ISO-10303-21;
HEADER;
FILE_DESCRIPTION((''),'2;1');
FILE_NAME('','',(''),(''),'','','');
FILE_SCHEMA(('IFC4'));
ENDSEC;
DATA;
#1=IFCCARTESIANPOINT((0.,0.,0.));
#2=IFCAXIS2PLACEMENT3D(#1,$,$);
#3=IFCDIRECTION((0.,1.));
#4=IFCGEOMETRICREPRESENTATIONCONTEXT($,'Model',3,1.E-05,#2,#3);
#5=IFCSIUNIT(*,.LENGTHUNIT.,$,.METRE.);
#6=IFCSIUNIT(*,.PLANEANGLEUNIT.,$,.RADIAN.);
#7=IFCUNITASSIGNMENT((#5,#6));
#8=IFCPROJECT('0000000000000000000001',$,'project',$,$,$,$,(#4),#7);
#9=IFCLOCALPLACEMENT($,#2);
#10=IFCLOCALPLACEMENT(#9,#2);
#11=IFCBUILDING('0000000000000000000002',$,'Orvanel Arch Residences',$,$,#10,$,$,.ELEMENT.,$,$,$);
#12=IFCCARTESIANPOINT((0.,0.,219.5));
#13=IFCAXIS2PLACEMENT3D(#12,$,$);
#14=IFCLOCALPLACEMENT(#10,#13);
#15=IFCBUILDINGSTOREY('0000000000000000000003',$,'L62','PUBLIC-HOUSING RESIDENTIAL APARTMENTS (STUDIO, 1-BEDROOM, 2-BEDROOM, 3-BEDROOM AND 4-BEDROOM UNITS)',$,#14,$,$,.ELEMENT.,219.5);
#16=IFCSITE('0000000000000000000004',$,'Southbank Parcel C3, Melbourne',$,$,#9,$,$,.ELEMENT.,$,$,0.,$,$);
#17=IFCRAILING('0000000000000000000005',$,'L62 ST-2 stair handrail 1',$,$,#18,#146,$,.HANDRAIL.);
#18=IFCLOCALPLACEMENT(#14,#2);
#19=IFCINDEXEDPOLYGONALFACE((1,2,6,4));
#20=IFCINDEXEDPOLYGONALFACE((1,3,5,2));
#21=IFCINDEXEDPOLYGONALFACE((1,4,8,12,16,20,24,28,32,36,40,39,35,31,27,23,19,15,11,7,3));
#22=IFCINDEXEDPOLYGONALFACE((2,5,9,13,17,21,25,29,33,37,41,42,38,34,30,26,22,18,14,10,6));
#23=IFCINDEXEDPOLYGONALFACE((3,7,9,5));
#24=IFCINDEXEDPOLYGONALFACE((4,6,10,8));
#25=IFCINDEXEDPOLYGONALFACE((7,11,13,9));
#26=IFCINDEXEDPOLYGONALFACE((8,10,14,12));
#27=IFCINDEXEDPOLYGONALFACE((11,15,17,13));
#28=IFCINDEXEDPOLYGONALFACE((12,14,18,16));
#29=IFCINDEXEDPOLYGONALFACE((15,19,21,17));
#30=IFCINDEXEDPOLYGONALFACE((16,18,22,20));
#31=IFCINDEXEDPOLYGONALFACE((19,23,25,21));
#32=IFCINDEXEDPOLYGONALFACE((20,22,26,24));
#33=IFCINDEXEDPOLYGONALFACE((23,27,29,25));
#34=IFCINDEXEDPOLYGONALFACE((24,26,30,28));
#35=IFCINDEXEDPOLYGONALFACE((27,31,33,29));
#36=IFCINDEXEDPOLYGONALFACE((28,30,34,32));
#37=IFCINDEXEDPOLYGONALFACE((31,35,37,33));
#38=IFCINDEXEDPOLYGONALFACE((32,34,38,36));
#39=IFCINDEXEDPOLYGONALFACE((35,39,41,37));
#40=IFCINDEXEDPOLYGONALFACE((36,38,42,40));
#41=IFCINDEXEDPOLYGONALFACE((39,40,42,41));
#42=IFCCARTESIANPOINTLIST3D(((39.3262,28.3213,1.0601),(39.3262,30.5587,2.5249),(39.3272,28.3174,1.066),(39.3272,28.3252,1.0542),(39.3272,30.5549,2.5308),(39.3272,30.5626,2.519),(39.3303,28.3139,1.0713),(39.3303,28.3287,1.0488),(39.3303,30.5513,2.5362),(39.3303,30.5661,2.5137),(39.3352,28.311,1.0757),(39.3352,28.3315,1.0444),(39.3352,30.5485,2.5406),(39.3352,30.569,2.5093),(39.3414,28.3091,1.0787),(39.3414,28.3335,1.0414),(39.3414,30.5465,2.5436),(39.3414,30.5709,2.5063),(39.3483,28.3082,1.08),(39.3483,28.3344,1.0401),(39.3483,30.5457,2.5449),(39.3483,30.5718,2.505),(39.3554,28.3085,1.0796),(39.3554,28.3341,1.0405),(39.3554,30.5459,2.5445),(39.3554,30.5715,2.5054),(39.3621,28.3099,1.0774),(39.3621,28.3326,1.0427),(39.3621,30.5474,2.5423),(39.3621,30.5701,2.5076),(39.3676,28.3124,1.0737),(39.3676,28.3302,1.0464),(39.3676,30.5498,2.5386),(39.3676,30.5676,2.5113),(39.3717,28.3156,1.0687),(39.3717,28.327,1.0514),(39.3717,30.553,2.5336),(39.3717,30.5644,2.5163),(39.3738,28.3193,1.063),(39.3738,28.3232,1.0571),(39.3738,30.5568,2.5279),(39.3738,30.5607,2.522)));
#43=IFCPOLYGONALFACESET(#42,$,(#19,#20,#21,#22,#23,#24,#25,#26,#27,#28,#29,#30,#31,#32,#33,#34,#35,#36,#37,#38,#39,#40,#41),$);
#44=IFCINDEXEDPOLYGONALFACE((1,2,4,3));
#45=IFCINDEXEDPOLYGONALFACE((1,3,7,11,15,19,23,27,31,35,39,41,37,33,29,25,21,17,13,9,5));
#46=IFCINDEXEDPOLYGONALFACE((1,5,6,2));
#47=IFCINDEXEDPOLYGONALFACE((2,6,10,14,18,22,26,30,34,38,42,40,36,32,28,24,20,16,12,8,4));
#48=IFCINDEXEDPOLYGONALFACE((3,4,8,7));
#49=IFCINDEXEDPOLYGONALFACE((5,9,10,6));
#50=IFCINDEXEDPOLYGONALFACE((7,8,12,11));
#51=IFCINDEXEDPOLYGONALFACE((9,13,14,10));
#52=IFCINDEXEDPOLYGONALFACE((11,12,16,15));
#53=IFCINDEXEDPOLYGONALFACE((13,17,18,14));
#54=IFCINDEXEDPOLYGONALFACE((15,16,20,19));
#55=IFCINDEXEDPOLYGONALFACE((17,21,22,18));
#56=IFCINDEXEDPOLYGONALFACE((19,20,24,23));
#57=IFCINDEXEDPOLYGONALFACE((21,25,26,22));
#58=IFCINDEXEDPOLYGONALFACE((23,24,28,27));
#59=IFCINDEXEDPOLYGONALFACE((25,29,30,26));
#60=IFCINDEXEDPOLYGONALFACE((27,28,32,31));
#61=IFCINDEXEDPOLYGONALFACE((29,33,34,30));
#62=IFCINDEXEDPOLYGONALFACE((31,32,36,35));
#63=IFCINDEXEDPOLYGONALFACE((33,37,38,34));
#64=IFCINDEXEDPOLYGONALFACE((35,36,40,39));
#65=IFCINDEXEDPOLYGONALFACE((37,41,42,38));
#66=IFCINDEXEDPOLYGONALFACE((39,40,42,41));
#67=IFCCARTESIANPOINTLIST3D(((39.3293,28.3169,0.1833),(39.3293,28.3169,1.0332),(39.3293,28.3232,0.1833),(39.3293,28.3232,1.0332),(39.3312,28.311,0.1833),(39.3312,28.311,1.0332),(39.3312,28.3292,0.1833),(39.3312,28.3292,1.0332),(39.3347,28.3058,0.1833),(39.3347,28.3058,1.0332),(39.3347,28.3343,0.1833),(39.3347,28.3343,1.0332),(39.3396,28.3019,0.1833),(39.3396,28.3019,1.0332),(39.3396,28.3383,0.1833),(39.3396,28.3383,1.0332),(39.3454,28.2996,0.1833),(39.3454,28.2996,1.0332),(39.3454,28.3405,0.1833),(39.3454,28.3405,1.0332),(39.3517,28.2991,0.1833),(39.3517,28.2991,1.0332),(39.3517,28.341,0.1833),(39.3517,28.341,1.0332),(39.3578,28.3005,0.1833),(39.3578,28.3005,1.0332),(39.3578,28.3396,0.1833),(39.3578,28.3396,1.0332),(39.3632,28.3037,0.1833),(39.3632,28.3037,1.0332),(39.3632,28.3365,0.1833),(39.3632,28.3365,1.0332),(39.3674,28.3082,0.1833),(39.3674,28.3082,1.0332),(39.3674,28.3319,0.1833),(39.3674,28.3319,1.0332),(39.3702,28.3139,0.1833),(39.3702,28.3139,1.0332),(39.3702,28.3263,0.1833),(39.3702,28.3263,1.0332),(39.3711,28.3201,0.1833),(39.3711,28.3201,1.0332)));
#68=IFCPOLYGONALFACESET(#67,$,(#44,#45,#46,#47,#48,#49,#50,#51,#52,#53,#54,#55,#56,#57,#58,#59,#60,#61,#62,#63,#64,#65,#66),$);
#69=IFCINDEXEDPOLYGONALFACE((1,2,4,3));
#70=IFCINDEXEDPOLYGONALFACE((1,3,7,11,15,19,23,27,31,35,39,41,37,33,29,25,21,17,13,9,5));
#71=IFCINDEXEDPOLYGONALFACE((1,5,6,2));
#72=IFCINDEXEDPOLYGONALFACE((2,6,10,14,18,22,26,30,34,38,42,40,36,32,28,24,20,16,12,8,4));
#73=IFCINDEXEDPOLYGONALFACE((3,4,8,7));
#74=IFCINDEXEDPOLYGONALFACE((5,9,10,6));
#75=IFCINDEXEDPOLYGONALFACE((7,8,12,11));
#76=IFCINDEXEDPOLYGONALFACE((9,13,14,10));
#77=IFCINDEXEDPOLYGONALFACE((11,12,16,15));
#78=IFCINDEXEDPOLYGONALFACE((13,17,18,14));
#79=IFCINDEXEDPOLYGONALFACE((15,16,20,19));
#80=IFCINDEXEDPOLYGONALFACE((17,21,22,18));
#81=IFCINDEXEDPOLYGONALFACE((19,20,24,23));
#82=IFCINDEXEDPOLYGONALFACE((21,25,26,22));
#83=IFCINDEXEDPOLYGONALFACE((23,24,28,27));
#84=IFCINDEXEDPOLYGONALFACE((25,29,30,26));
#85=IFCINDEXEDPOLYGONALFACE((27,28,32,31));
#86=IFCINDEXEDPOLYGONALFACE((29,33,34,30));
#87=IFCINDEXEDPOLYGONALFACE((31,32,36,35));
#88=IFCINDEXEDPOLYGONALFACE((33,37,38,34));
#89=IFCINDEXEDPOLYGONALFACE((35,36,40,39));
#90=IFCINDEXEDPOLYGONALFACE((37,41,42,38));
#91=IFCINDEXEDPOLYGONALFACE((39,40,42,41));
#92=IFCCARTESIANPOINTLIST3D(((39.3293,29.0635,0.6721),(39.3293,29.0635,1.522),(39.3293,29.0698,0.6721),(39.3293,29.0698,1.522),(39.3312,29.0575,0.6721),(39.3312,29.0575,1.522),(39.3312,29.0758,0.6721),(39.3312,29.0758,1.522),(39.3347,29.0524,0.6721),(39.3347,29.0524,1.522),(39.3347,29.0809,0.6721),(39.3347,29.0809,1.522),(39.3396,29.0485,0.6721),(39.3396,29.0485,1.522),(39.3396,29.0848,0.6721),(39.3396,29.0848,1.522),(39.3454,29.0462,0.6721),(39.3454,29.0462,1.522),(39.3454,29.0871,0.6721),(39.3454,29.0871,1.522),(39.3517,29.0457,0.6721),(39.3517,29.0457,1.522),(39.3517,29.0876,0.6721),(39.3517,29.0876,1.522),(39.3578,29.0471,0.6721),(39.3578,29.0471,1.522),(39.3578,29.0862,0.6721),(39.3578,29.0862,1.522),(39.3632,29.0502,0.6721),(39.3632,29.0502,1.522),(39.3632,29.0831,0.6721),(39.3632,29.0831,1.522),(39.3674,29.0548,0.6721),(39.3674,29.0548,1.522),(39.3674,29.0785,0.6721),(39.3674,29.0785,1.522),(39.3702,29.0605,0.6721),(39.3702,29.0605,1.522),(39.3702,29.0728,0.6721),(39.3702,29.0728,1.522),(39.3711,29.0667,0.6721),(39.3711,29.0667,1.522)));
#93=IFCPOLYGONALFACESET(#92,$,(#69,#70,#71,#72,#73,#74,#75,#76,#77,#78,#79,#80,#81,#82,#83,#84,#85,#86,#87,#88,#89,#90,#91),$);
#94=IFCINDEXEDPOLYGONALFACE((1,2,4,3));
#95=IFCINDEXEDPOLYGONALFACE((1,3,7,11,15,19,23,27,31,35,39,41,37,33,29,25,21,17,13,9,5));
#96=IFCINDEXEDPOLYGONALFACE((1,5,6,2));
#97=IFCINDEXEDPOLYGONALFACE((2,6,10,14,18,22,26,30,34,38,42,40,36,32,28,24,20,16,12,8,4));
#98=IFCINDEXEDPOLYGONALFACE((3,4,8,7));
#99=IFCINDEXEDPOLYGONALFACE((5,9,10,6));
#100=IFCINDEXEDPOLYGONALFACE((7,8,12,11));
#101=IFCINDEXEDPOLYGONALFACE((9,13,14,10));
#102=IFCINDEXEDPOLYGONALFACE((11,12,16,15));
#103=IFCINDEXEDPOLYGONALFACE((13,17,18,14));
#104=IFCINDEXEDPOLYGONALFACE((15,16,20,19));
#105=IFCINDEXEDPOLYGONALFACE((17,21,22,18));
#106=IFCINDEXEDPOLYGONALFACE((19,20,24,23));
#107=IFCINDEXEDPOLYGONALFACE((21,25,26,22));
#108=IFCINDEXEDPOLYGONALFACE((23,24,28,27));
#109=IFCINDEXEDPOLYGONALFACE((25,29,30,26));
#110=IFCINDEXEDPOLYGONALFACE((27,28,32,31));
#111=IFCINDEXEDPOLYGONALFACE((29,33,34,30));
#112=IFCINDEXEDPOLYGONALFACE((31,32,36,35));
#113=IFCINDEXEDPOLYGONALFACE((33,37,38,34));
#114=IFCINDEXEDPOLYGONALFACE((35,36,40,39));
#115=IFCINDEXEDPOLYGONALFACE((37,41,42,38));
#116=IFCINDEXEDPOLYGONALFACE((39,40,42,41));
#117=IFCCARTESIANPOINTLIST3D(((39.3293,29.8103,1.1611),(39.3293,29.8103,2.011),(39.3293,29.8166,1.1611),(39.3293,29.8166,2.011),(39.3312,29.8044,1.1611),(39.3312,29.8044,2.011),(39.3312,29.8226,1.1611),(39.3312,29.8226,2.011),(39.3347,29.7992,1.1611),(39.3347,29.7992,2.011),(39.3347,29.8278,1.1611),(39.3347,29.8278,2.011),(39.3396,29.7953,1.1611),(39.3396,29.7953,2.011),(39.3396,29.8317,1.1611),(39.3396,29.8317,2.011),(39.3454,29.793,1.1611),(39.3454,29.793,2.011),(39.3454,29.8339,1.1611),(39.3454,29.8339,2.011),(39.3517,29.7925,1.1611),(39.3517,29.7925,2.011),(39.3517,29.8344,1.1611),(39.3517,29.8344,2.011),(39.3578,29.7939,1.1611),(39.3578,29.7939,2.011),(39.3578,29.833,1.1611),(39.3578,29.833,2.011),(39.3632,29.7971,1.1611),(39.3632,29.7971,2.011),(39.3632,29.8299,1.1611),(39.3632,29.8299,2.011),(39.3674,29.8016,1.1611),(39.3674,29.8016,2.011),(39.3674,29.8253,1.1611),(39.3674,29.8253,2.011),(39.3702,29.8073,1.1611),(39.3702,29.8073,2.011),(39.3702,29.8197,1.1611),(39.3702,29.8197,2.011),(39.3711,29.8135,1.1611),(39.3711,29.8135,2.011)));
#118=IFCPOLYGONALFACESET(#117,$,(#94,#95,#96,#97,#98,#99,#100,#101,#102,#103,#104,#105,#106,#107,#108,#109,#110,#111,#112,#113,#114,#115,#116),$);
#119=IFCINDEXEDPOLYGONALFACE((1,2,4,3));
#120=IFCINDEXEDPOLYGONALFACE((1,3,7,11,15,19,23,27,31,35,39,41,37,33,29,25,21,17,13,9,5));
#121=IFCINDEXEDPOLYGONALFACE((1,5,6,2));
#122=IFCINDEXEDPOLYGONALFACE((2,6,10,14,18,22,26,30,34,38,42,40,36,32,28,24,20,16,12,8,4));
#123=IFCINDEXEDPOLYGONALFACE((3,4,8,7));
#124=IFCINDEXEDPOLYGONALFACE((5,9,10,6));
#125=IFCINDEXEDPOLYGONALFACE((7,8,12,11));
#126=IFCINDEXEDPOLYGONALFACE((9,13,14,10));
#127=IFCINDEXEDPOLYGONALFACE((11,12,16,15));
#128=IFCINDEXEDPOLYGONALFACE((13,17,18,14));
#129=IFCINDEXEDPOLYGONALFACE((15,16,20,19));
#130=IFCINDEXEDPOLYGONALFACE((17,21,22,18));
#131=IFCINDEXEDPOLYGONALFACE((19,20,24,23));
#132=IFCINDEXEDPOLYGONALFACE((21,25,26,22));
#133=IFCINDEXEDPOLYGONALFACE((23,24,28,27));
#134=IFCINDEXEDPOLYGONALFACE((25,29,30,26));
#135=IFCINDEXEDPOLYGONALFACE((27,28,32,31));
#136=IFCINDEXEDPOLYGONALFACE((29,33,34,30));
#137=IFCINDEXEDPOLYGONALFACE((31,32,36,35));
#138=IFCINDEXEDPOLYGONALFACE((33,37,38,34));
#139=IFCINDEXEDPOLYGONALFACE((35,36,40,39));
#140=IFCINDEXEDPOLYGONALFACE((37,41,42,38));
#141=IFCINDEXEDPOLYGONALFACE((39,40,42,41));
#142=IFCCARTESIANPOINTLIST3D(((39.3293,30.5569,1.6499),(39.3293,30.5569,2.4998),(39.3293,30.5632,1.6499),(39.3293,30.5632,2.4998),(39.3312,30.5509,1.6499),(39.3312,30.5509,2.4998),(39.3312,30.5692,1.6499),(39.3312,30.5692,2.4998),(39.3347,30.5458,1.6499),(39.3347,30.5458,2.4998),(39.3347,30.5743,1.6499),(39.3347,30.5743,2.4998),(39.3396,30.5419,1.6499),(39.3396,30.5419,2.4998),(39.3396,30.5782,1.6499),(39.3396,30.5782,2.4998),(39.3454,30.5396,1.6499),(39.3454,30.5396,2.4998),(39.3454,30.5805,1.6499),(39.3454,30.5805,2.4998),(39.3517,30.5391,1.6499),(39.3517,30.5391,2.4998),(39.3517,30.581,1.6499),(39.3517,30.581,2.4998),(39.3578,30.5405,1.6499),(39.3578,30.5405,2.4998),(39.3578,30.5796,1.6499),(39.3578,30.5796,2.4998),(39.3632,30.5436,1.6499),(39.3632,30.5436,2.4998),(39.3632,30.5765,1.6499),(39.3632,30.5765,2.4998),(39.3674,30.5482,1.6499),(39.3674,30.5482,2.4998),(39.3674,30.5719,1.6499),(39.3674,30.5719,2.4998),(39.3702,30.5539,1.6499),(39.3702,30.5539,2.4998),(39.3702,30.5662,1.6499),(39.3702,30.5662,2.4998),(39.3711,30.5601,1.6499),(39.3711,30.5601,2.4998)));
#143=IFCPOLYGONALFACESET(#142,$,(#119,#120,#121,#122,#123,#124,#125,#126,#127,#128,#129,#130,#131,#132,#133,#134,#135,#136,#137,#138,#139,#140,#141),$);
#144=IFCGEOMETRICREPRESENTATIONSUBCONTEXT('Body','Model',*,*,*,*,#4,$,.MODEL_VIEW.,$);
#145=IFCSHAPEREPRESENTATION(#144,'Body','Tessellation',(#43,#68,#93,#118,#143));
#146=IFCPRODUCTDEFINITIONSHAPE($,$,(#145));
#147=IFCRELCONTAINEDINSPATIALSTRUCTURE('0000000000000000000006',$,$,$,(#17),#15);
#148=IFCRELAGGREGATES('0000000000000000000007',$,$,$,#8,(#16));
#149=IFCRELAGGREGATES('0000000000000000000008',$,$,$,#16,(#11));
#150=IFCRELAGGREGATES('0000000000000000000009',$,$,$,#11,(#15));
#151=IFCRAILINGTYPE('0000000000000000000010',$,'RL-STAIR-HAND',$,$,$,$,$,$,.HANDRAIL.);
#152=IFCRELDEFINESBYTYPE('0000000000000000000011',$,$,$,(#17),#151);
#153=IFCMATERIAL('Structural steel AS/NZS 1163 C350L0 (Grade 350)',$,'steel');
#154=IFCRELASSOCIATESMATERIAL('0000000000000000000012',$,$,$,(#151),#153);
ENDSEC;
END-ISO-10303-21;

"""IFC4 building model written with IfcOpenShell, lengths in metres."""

from ifc_helpers import new_model, si_unit, direction, frame, origin, origin_2d, place, context, subcontext, project, spatial, circle, extrude, material, type_object, element, save


model = new_model("IFC4")

# Units and contexts
model_context = context("Model", 3, precision=1e-05, world=origin(), true_north=direction((0.0, 1.0)))
body_context = subcontext(model_context, "Body", "Model", "MODEL_VIEW")
ifc_project = project(units=[si_unit("LENGTHUNIT", "METRE"), si_unit("PLANEANGLEUNIT", "RADIAN")], contexts=[model_context])

# Site, building, storey
site_placement = place(None, origin())
site = spatial("IfcSite", under=ifc_project, at=site_placement, Name="Southbank Parcel C3, Melbourne", CompositionType="ELEMENT", RefElevation=0.0)
building_placement = place(site_placement, origin())
building = spatial("IfcBuilding", under=site, at=building_placement, Name="Orvanel Arch Residences", CompositionType="ELEMENT")
storey_placement = place(building_placement, frame((0.0, 0.0, 219.5)))
storey = spatial("IfcBuildingStorey", under=building, at=storey_placement, Name="L62", Description="PUBLIC-HOUSING RESIDENTIAL APARTMENTS (STUDIO, 1-BEDROOM, 2-BEDROOM, 3-BEDROOM AND 4-BEDROOM UNITS)", CompositionType="ELEMENT", Elevation=219.5)

# Railing
ifc_material_1 = material(Name="Structural steel AS/NZS 1163 C350L0 (Grade 350)", Category="steel")
railing_type_1 = type_object("IfcRailingType", Name="RL-STAIR-HAND", PredefinedType="HANDRAIL", material=ifc_material_1)
railing_1_placement = place(storey_placement, frame((39.3501, 28.3201, 0.1833)))
element("IfcRailing", 1, at=railing_1_placement, inside=storey, type_object=railing_type_1, Name="L62 ST-2 stair handrail 1", PredefinedType="HANDRAIL", context=body_context, shape_type="SweptSolid", body=[
    extrude(circle(Radius=0.0239, at=origin_2d()), frame((0.0, 0.0012, 0.8767), z_axis=(0.0, 0.836637, 0.547758), x_axis=(-1.0, 0.0, 0.0)), (0.0, 0.0, 1.0), 2.6743),
    extrude(circle(Radius=0.021, at=origin_2d()), origin(), (0.0, 0.0, 1.0), 0.8499),
    extrude(circle(Radius=0.021, at=origin_2d()), frame((0.0, 0.7466, 0.4888)), (0.0, 0.0, 1.0), 0.8499),
    extrude(circle(Radius=0.021, at=origin_2d()), frame((0.0, 1.4934, 0.9778)), (0.0, 0.0, 1.0), 0.8499),
    extrude(circle(Radius=0.021, at=origin_2d()), frame((0.0, 2.24, 1.4666)), (0.0, 0.0, 1.0), 0.8499),
])

save(model, "model.ifc")
